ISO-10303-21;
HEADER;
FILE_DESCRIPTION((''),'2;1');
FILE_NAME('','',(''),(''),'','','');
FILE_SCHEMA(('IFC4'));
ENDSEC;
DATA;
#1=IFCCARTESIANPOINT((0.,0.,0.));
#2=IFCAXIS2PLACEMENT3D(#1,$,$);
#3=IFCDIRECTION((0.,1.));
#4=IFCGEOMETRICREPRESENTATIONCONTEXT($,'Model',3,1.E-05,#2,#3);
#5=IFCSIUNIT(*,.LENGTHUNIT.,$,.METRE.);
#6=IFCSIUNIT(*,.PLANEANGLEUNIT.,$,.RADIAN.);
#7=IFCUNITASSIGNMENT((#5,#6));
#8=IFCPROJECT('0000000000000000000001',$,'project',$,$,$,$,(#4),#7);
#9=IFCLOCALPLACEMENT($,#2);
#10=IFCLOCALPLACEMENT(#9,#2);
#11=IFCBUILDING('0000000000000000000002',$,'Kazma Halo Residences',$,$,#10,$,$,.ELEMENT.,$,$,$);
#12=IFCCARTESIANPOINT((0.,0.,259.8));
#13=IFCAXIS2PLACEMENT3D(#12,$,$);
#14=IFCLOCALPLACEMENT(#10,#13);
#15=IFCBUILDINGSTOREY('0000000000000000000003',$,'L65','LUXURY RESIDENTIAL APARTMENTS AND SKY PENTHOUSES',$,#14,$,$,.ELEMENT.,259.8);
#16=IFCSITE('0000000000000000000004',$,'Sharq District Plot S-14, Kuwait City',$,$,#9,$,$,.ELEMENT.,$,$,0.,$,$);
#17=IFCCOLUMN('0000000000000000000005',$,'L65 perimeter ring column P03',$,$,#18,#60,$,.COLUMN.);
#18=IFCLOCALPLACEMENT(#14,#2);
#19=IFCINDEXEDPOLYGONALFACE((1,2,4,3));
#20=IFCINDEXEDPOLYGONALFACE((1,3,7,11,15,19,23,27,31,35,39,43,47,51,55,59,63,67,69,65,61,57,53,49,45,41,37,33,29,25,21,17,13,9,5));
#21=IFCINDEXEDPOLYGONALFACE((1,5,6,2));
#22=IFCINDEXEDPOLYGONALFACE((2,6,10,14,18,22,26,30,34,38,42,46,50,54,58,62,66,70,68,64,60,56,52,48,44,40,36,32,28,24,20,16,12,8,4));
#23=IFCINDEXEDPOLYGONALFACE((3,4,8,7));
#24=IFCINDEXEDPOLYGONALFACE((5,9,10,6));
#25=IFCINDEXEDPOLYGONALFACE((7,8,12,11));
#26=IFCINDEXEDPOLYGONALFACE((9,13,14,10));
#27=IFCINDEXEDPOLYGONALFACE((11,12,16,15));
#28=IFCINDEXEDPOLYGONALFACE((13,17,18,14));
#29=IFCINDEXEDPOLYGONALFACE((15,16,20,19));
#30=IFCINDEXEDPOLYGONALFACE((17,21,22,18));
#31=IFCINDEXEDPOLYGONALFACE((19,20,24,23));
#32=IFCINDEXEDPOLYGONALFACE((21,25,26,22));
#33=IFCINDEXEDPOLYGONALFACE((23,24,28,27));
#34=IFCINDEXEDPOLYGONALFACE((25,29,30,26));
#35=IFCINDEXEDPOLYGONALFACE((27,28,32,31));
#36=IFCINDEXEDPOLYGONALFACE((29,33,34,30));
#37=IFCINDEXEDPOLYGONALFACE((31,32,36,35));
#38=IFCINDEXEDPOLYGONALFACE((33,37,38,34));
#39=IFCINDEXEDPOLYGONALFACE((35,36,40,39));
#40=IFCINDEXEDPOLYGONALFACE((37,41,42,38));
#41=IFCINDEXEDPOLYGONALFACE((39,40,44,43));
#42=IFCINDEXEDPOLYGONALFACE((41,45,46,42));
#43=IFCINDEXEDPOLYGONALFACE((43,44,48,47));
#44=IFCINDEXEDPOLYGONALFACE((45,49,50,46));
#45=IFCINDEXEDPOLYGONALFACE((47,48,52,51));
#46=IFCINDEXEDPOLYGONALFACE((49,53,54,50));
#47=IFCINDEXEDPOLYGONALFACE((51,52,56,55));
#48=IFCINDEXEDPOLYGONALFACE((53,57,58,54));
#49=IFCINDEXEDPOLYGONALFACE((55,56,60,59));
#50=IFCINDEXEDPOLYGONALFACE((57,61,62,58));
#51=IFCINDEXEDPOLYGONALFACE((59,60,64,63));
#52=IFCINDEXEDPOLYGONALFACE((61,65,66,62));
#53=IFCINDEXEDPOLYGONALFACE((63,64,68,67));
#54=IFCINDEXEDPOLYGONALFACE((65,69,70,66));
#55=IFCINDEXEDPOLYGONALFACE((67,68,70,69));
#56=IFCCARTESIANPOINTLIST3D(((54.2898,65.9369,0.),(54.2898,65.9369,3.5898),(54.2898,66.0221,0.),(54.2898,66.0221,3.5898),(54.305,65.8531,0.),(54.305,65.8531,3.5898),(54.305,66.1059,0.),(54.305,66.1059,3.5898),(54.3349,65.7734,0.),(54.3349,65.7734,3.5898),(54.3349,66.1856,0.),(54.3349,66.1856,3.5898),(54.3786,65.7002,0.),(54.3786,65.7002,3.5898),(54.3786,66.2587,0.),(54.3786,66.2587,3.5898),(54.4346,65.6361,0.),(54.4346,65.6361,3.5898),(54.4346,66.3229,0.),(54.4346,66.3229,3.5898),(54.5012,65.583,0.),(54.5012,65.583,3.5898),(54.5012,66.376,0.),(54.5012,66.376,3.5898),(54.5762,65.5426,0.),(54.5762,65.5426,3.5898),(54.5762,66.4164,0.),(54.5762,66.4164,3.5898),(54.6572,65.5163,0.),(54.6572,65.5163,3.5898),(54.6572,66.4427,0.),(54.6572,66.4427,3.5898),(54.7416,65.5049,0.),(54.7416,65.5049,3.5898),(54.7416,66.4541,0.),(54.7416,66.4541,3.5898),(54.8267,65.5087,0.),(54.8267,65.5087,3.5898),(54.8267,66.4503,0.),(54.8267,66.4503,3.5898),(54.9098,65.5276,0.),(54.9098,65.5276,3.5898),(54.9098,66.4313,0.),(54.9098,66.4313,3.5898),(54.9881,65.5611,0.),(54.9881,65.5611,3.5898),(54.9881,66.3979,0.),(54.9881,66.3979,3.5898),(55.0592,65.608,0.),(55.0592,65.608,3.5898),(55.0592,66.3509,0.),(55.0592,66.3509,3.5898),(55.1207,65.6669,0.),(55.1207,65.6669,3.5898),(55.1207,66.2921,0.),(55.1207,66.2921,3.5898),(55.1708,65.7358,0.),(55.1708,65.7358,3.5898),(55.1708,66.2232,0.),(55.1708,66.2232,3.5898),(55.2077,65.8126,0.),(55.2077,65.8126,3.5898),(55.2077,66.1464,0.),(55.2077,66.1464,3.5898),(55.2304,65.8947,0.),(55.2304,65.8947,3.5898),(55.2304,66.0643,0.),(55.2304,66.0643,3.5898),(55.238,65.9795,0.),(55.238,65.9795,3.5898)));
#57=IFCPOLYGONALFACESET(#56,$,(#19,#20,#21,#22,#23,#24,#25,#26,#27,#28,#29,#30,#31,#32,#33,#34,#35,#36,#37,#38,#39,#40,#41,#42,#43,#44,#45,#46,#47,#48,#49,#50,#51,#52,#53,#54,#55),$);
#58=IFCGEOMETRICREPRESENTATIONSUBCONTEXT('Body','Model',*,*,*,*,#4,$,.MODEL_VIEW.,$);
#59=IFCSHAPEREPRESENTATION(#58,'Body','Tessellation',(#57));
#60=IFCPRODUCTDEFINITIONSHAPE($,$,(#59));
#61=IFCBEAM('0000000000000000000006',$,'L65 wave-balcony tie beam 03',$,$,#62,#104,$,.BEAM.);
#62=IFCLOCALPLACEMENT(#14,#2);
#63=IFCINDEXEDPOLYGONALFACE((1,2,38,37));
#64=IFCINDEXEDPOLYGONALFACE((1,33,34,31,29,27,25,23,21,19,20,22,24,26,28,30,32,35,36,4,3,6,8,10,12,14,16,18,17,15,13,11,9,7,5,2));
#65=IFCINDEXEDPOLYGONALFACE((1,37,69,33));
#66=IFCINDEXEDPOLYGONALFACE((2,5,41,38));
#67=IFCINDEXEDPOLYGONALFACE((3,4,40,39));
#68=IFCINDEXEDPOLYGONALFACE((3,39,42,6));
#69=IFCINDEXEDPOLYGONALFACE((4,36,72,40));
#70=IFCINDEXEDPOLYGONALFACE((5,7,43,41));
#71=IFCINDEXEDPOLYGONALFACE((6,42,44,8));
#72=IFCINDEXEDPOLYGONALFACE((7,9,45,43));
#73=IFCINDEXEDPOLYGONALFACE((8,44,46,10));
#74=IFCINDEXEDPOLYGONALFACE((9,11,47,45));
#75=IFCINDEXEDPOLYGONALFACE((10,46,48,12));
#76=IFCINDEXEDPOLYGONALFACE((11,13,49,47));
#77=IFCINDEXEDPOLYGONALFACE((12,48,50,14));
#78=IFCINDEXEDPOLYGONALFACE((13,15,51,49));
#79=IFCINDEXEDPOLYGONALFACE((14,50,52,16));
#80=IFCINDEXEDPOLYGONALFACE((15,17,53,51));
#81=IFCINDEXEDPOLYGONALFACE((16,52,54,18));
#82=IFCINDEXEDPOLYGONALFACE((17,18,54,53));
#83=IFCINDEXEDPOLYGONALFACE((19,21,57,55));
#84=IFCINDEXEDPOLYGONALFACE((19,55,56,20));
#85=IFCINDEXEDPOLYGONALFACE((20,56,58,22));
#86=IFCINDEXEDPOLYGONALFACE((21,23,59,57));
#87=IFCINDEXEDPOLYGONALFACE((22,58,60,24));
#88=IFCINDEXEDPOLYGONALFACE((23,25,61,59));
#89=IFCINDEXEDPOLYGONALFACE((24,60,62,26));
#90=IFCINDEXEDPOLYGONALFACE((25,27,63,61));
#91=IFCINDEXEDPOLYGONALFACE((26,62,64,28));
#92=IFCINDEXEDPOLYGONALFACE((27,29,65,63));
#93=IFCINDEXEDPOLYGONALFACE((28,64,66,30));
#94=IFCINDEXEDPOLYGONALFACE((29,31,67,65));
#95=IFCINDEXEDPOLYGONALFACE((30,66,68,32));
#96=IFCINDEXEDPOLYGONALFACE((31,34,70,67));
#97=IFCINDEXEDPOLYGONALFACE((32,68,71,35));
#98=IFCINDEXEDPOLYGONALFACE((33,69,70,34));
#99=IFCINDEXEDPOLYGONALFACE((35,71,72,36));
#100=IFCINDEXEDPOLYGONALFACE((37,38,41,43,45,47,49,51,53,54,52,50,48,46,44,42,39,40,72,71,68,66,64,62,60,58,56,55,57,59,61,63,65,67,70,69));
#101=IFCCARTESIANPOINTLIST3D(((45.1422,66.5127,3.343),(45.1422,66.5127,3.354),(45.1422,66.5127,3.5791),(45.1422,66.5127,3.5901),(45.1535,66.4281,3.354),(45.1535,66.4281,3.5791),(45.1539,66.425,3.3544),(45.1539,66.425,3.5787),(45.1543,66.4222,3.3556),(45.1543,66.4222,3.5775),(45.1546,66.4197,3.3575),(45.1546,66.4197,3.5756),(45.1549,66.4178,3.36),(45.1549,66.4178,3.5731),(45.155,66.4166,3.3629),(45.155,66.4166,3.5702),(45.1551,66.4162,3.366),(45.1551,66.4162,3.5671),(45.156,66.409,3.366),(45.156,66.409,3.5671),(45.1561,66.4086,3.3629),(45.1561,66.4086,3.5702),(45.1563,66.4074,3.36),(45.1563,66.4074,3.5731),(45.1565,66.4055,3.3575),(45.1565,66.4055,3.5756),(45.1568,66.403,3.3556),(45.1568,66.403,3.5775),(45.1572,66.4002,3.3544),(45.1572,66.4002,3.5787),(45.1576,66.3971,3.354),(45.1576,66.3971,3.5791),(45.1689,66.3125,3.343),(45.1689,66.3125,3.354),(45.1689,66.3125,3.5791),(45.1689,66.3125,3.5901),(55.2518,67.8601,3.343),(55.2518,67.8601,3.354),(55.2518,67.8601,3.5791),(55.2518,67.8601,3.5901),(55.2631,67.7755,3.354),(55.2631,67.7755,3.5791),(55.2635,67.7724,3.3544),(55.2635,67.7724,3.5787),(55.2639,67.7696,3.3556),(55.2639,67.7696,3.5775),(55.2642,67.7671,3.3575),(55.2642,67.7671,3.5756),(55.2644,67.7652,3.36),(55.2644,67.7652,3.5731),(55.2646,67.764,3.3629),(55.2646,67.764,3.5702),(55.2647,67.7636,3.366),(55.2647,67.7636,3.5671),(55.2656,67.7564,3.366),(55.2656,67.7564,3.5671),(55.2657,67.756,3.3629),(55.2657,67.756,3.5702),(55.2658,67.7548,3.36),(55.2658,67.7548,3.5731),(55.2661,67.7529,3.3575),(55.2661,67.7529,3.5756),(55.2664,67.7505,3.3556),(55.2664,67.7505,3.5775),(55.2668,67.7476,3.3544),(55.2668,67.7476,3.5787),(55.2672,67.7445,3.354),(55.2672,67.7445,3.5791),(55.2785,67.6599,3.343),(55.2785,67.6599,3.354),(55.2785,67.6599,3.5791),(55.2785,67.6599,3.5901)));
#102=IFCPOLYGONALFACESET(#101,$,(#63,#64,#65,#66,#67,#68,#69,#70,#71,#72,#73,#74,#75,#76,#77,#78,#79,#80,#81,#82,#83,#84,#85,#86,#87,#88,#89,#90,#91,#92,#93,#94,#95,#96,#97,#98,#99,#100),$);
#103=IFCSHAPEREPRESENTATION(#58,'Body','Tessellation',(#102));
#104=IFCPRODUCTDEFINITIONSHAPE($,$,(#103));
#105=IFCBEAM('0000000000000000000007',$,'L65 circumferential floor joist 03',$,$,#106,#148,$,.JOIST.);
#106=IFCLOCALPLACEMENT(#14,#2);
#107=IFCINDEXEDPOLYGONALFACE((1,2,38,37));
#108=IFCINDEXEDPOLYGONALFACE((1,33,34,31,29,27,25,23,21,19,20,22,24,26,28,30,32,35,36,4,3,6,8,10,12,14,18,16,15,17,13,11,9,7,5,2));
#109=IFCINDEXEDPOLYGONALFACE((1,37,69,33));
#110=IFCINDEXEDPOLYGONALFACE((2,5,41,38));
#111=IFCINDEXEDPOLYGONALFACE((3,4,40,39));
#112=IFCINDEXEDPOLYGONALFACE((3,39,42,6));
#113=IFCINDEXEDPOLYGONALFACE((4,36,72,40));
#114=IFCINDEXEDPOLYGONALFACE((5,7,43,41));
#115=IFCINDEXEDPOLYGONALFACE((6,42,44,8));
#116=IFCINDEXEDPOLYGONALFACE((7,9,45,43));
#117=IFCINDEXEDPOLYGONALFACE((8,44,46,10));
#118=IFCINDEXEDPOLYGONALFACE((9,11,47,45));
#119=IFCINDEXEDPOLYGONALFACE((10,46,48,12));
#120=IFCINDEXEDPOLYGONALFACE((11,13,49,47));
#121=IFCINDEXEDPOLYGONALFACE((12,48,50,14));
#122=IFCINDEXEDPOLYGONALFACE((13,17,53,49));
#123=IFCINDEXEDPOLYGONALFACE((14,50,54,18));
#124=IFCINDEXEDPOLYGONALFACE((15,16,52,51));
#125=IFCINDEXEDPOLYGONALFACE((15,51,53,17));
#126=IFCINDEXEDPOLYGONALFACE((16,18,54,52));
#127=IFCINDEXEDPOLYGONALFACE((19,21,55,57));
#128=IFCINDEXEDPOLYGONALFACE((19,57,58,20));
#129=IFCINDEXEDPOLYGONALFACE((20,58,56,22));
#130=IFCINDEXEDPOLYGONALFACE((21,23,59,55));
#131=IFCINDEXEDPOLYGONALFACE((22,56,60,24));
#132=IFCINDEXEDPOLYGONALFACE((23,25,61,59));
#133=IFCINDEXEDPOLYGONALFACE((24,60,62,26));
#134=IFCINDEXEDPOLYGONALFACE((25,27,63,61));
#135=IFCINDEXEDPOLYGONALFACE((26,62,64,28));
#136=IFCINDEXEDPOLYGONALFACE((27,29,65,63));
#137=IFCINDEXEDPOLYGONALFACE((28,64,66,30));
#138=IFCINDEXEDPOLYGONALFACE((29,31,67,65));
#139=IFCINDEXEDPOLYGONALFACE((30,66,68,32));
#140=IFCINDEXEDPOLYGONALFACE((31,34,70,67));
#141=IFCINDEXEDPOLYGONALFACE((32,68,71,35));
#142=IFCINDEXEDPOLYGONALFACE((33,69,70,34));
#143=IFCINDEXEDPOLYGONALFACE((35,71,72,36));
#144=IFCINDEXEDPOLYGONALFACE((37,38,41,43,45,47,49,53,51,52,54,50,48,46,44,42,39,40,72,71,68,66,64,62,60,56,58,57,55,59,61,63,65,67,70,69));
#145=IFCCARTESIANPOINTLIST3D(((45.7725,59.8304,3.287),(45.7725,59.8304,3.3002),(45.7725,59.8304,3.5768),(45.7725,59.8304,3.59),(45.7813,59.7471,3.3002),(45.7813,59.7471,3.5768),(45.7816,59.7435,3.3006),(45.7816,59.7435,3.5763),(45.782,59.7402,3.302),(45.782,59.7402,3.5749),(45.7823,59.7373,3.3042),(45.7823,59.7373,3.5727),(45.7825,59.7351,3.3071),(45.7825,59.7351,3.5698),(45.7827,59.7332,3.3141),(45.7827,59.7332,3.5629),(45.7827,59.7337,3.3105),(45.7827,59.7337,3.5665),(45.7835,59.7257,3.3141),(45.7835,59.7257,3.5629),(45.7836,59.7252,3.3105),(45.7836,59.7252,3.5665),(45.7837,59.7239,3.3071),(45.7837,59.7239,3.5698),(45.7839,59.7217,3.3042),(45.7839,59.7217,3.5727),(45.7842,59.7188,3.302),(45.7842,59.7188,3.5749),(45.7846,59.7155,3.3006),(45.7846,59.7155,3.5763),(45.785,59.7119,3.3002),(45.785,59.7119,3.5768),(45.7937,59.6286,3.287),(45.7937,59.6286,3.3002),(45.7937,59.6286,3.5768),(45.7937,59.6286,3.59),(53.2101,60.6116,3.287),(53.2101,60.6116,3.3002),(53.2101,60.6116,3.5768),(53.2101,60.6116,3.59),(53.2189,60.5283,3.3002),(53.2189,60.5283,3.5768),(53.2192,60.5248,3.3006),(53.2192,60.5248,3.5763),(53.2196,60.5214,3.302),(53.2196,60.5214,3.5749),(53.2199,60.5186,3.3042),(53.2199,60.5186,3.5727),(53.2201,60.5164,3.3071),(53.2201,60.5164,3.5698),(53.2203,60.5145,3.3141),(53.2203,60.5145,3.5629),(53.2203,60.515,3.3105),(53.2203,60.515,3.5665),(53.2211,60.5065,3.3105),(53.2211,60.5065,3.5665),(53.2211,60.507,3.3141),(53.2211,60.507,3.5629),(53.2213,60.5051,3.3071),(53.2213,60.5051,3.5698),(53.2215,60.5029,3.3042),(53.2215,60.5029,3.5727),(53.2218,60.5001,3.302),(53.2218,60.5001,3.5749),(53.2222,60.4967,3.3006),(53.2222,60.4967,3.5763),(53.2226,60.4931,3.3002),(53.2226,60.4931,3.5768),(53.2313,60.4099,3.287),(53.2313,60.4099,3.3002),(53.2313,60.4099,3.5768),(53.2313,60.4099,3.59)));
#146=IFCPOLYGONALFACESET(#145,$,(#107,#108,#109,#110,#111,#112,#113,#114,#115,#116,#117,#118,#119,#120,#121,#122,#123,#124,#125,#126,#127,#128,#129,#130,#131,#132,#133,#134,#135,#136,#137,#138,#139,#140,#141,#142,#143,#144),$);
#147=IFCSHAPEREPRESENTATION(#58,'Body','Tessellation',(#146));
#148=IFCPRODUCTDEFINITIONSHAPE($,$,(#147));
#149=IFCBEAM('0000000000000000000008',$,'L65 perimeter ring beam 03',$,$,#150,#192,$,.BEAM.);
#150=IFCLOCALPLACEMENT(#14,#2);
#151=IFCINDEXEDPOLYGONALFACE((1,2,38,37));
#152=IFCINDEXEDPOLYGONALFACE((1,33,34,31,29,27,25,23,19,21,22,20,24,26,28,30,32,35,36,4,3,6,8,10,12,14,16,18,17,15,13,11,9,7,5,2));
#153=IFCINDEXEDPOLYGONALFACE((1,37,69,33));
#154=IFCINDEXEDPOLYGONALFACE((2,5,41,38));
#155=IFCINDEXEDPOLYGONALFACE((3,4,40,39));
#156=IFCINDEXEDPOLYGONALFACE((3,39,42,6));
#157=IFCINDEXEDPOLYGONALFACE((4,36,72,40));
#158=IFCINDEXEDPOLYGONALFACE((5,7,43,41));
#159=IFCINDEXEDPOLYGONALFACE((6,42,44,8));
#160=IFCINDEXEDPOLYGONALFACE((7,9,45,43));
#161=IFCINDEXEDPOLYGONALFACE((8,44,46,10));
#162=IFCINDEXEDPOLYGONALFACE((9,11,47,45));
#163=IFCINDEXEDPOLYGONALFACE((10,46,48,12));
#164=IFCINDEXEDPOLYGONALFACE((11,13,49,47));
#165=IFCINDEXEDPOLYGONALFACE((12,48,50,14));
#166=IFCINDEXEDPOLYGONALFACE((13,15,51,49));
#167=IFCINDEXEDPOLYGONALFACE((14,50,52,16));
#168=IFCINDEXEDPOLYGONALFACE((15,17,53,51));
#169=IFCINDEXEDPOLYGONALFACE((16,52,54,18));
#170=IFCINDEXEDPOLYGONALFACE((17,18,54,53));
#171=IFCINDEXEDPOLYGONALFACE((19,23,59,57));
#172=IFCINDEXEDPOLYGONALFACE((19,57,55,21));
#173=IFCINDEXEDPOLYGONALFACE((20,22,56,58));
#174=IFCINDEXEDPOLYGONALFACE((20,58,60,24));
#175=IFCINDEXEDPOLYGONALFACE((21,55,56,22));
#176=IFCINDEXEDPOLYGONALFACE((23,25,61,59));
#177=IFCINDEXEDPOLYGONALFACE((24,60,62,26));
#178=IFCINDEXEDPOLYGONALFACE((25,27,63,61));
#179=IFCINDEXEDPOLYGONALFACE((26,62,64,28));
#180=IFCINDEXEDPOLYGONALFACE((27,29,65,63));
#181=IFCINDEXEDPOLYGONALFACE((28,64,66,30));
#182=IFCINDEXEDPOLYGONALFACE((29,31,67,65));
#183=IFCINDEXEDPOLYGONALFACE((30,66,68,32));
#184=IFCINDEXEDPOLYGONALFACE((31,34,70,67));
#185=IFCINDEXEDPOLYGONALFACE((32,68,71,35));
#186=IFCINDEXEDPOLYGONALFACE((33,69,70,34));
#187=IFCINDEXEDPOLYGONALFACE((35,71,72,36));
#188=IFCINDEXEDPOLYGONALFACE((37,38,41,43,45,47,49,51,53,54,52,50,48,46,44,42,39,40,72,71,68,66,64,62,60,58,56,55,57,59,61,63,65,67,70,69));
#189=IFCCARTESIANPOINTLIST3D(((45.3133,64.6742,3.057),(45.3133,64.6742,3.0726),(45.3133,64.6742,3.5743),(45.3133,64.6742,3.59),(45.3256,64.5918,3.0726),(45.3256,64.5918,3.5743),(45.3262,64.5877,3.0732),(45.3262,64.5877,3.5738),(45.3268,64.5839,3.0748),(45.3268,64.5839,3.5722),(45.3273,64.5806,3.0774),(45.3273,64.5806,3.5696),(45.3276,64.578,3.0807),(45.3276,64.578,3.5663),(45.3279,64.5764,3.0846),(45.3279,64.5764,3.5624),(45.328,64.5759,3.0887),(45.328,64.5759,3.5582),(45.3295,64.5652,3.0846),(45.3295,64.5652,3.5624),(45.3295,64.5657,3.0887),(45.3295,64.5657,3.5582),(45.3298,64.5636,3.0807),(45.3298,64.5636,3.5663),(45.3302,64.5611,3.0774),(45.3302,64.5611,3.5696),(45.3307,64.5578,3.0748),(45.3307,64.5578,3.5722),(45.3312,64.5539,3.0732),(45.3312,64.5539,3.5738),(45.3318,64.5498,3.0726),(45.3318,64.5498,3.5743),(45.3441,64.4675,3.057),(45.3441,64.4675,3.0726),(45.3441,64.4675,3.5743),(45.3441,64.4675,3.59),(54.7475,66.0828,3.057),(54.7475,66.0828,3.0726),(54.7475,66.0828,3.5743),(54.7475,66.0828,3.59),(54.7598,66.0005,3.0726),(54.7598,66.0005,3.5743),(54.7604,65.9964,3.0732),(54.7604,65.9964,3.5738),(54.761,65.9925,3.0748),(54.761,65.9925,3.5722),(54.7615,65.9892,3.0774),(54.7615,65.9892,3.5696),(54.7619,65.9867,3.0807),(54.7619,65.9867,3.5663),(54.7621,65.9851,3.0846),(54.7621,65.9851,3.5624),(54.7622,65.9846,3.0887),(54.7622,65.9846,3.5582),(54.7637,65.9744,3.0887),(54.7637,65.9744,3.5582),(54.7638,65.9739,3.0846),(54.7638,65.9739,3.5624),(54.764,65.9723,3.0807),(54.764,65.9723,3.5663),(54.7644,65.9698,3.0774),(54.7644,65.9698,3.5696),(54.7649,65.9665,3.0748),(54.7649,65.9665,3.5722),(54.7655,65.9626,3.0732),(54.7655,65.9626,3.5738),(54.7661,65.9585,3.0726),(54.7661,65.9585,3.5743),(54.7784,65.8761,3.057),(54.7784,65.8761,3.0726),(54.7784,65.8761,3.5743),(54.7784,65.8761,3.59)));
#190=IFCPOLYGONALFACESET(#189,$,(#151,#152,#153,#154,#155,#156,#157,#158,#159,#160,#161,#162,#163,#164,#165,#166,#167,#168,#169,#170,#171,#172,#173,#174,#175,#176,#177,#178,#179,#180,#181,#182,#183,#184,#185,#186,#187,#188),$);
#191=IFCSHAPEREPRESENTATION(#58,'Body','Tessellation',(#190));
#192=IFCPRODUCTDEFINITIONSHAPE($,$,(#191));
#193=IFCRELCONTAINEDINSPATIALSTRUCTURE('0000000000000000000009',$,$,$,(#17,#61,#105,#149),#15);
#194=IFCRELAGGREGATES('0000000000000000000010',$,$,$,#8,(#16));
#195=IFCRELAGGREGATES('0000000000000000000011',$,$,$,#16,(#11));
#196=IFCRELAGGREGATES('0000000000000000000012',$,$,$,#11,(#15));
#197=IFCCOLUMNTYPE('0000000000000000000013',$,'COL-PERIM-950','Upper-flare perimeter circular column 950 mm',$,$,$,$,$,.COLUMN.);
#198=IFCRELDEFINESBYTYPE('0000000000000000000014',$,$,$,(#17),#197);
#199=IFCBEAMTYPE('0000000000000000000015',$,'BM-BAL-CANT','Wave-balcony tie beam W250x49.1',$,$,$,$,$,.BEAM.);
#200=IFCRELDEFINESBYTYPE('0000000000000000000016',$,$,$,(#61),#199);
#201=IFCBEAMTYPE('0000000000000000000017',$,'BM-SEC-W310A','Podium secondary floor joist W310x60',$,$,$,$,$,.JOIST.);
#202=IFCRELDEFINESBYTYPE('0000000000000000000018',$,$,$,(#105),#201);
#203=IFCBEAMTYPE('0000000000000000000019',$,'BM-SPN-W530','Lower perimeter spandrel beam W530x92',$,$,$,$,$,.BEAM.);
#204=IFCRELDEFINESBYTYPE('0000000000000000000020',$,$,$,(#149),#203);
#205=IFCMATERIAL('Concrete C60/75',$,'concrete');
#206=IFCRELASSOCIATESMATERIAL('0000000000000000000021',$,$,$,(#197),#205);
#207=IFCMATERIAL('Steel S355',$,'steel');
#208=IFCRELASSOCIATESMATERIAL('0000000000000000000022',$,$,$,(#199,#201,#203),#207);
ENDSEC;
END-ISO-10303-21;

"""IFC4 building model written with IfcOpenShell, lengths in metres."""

from ifc_helpers import new_model, si_unit, direction, frame, origin, origin_2d, place, context, subcontext, project, spatial, circle, i_section, extrude, material, material_profile, profile_set, type_object, element, save


model = new_model("IFC4")

# Units and contexts
model_context = context("Model", 3, precision=1e-05, world=origin(), true_north=direction((0.0, 1.0)))
body_context = subcontext(model_context, "Body", "Model", "MODEL_VIEW")
ifc_project = project(units=[si_unit("LENGTHUNIT", "METRE"), si_unit("PLANEANGLEUNIT", "RADIAN")], contexts=[model_context])

# Site, building, storey
site_placement = place(None, origin())
site = spatial("IfcSite", under=ifc_project, at=site_placement, Name="Sharq District Plot S-14, Kuwait City", CompositionType="ELEMENT", RefElevation=0.0)
building_placement = place(site_placement, origin())
building = spatial("IfcBuilding", under=site, at=building_placement, Name="Kazma Halo Residences", CompositionType="ELEMENT")
storey_placement = place(building_placement, frame((0.0, 0.0, 259.8)))
storey = spatial("IfcBuildingStorey", under=building, at=storey_placement, Name="L65", Description="LUXURY RESIDENTIAL APARTMENTS AND SKY PENTHOUSES", CompositionType="ELEMENT", Elevation=259.8)

# Column
ifc_material_1 = material(Name="Concrete C60/75", Category="concrete")
ifc_material_profile_1 = material_profile(ifc_material_1, circle(Radius=0.4751, at=origin_2d()), Name="CIRC950")
ifc_profile_set_1 = profile_set([ifc_material_profile_1], Name="Concrete C60/75")
column_type = type_object("IfcColumnType", Name="COL-PERIM-950", Description="Upper-flare perimeter circular column 950 mm", PredefinedType="COLUMN", material=ifc_profile_set_1)
column_placement = place(storey_placement, frame((54.7629, 65.9795, 0.0), z_axis=(0.0, 0.0, 1.0), x_axis=(1.0, 0.0, 0.0)))
element("IfcColumn", 1, at=column_placement, inside=storey, type_object=column_type, Name="L65 perimeter ring column P03", PredefinedType="COLUMN", context=body_context, shape_type="SweptSolid", body=[
    extrude(circle(Radius=0.4751, at=origin_2d()), origin(), (0.0, 0.0, 1.0), 3.5898),
])

# Beams
ifc_material_2 = material(Name="Steel S355", Category="steel")
ifc_material_profile_2 = material_profile(ifc_material_2, i_section(OverallWidth=0.2019, OverallDepth=0.2471, WebThickness=0.0073, FlangeThickness=0.011, FilletRadius=0.012, at=origin_2d()), Name="W250x49.1")
ifc_profile_set_2 = profile_set([ifc_material_profile_2], Name="Steel S355")
beam_type_1 = type_object("IfcBeamType", Name="BM-BAL-CANT", Description="Wave-balcony tie beam W250x49.1", PredefinedType="BEAM", material=ifc_profile_set_2)
beam_1_placement = place(storey_placement, frame((55.2651, 67.76, 3.4666), z_axis=(-0.991235, -0.132112, 0.0), x_axis=(0.132112, -0.991235, 0.0)))
element("IfcBeam", 2, at=beam_1_placement, inside=storey, type_object=beam_type_1, Name="L65 wave-balcony tie beam 03", PredefinedType="BEAM", context=body_context, shape_type="SweptSolid", body=[
    extrude(i_section(OverallWidth=0.2019, OverallDepth=0.2471, WebThickness=0.0073, FlangeThickness=0.011, FilletRadius=0.012, at=origin_2d()), origin(), (0.0, 0.0, 1.0), 10.199),
])
ifc_material_profile_3 = material_profile(ifc_material_2, i_section(OverallWidth=0.2029, OverallDepth=0.303, WebThickness=0.0076, FlangeThickness=0.0132, FilletRadius=0.0139, at=origin_2d()), Name="W310x60")
ifc_profile_set_3 = profile_set([ifc_material_profile_3], Name="Steel S355")
beam_type_2 = type_object("IfcBeamType", Name="BM-SEC-W310A", Description="Podium secondary floor joist W310x60", PredefinedType="JOIST", material=ifc_profile_set_3)
beam_2_placement = place(storey_placement, frame((53.2207, 60.5107, 3.4385), z_axis=(-0.994528, -0.104467, 0.0), x_axis=(0.104467, -0.994528, 0.0)))
element("IfcBeam", 3, at=beam_2_placement, inside=storey, type_object=beam_type_2, Name="L65 circumferential floor joist 03", PredefinedType="JOIST", context=body_context, shape_type="SweptSolid", body=[
    extrude(i_section(OverallWidth=0.2029, OverallDepth=0.303, WebThickness=0.0076, FlangeThickness=0.0132, FilletRadius=0.0139, at=origin_2d()), origin(), (0.0, 0.0, 1.0), 7.4785),
])
ifc_material_profile_4 = material_profile(ifc_material_2, i_section(OverallWidth=0.209, OverallDepth=0.533, WebThickness=0.0103, FlangeThickness=0.0156, FilletRadius=0.0161, at=origin_2d()), Name="W530x92")
ifc_profile_set_4 = profile_set([ifc_material_profile_4], Name="Steel S355")
beam_type_3 = type_object("IfcBeamType", Name="BM-SPN-W530", Description="Lower perimeter spandrel beam W530x92", PredefinedType="BEAM", material=ifc_profile_set_4)
beam_3_placement = place(storey_placement, frame((54.7629, 65.9795, 3.3235), z_axis=(-0.989035, -0.147678, 0.0), x_axis=(0.147678, -0.989035, 0.0)))
element("IfcBeam", 4, at=beam_3_placement, inside=storey, type_object=beam_type_3, Name="L65 perimeter ring beam 03", PredefinedType="BEAM", context=body_context, shape_type="SweptSolid", body=[
    extrude(i_section(OverallWidth=0.209, OverallDepth=0.533, WebThickness=0.0103, FlangeThickness=0.0156, FilletRadius=0.0161, at=origin_2d()), origin(), (0.0, 0.0, 1.0), 9.5388),
])

save(model, "model.ifc")
